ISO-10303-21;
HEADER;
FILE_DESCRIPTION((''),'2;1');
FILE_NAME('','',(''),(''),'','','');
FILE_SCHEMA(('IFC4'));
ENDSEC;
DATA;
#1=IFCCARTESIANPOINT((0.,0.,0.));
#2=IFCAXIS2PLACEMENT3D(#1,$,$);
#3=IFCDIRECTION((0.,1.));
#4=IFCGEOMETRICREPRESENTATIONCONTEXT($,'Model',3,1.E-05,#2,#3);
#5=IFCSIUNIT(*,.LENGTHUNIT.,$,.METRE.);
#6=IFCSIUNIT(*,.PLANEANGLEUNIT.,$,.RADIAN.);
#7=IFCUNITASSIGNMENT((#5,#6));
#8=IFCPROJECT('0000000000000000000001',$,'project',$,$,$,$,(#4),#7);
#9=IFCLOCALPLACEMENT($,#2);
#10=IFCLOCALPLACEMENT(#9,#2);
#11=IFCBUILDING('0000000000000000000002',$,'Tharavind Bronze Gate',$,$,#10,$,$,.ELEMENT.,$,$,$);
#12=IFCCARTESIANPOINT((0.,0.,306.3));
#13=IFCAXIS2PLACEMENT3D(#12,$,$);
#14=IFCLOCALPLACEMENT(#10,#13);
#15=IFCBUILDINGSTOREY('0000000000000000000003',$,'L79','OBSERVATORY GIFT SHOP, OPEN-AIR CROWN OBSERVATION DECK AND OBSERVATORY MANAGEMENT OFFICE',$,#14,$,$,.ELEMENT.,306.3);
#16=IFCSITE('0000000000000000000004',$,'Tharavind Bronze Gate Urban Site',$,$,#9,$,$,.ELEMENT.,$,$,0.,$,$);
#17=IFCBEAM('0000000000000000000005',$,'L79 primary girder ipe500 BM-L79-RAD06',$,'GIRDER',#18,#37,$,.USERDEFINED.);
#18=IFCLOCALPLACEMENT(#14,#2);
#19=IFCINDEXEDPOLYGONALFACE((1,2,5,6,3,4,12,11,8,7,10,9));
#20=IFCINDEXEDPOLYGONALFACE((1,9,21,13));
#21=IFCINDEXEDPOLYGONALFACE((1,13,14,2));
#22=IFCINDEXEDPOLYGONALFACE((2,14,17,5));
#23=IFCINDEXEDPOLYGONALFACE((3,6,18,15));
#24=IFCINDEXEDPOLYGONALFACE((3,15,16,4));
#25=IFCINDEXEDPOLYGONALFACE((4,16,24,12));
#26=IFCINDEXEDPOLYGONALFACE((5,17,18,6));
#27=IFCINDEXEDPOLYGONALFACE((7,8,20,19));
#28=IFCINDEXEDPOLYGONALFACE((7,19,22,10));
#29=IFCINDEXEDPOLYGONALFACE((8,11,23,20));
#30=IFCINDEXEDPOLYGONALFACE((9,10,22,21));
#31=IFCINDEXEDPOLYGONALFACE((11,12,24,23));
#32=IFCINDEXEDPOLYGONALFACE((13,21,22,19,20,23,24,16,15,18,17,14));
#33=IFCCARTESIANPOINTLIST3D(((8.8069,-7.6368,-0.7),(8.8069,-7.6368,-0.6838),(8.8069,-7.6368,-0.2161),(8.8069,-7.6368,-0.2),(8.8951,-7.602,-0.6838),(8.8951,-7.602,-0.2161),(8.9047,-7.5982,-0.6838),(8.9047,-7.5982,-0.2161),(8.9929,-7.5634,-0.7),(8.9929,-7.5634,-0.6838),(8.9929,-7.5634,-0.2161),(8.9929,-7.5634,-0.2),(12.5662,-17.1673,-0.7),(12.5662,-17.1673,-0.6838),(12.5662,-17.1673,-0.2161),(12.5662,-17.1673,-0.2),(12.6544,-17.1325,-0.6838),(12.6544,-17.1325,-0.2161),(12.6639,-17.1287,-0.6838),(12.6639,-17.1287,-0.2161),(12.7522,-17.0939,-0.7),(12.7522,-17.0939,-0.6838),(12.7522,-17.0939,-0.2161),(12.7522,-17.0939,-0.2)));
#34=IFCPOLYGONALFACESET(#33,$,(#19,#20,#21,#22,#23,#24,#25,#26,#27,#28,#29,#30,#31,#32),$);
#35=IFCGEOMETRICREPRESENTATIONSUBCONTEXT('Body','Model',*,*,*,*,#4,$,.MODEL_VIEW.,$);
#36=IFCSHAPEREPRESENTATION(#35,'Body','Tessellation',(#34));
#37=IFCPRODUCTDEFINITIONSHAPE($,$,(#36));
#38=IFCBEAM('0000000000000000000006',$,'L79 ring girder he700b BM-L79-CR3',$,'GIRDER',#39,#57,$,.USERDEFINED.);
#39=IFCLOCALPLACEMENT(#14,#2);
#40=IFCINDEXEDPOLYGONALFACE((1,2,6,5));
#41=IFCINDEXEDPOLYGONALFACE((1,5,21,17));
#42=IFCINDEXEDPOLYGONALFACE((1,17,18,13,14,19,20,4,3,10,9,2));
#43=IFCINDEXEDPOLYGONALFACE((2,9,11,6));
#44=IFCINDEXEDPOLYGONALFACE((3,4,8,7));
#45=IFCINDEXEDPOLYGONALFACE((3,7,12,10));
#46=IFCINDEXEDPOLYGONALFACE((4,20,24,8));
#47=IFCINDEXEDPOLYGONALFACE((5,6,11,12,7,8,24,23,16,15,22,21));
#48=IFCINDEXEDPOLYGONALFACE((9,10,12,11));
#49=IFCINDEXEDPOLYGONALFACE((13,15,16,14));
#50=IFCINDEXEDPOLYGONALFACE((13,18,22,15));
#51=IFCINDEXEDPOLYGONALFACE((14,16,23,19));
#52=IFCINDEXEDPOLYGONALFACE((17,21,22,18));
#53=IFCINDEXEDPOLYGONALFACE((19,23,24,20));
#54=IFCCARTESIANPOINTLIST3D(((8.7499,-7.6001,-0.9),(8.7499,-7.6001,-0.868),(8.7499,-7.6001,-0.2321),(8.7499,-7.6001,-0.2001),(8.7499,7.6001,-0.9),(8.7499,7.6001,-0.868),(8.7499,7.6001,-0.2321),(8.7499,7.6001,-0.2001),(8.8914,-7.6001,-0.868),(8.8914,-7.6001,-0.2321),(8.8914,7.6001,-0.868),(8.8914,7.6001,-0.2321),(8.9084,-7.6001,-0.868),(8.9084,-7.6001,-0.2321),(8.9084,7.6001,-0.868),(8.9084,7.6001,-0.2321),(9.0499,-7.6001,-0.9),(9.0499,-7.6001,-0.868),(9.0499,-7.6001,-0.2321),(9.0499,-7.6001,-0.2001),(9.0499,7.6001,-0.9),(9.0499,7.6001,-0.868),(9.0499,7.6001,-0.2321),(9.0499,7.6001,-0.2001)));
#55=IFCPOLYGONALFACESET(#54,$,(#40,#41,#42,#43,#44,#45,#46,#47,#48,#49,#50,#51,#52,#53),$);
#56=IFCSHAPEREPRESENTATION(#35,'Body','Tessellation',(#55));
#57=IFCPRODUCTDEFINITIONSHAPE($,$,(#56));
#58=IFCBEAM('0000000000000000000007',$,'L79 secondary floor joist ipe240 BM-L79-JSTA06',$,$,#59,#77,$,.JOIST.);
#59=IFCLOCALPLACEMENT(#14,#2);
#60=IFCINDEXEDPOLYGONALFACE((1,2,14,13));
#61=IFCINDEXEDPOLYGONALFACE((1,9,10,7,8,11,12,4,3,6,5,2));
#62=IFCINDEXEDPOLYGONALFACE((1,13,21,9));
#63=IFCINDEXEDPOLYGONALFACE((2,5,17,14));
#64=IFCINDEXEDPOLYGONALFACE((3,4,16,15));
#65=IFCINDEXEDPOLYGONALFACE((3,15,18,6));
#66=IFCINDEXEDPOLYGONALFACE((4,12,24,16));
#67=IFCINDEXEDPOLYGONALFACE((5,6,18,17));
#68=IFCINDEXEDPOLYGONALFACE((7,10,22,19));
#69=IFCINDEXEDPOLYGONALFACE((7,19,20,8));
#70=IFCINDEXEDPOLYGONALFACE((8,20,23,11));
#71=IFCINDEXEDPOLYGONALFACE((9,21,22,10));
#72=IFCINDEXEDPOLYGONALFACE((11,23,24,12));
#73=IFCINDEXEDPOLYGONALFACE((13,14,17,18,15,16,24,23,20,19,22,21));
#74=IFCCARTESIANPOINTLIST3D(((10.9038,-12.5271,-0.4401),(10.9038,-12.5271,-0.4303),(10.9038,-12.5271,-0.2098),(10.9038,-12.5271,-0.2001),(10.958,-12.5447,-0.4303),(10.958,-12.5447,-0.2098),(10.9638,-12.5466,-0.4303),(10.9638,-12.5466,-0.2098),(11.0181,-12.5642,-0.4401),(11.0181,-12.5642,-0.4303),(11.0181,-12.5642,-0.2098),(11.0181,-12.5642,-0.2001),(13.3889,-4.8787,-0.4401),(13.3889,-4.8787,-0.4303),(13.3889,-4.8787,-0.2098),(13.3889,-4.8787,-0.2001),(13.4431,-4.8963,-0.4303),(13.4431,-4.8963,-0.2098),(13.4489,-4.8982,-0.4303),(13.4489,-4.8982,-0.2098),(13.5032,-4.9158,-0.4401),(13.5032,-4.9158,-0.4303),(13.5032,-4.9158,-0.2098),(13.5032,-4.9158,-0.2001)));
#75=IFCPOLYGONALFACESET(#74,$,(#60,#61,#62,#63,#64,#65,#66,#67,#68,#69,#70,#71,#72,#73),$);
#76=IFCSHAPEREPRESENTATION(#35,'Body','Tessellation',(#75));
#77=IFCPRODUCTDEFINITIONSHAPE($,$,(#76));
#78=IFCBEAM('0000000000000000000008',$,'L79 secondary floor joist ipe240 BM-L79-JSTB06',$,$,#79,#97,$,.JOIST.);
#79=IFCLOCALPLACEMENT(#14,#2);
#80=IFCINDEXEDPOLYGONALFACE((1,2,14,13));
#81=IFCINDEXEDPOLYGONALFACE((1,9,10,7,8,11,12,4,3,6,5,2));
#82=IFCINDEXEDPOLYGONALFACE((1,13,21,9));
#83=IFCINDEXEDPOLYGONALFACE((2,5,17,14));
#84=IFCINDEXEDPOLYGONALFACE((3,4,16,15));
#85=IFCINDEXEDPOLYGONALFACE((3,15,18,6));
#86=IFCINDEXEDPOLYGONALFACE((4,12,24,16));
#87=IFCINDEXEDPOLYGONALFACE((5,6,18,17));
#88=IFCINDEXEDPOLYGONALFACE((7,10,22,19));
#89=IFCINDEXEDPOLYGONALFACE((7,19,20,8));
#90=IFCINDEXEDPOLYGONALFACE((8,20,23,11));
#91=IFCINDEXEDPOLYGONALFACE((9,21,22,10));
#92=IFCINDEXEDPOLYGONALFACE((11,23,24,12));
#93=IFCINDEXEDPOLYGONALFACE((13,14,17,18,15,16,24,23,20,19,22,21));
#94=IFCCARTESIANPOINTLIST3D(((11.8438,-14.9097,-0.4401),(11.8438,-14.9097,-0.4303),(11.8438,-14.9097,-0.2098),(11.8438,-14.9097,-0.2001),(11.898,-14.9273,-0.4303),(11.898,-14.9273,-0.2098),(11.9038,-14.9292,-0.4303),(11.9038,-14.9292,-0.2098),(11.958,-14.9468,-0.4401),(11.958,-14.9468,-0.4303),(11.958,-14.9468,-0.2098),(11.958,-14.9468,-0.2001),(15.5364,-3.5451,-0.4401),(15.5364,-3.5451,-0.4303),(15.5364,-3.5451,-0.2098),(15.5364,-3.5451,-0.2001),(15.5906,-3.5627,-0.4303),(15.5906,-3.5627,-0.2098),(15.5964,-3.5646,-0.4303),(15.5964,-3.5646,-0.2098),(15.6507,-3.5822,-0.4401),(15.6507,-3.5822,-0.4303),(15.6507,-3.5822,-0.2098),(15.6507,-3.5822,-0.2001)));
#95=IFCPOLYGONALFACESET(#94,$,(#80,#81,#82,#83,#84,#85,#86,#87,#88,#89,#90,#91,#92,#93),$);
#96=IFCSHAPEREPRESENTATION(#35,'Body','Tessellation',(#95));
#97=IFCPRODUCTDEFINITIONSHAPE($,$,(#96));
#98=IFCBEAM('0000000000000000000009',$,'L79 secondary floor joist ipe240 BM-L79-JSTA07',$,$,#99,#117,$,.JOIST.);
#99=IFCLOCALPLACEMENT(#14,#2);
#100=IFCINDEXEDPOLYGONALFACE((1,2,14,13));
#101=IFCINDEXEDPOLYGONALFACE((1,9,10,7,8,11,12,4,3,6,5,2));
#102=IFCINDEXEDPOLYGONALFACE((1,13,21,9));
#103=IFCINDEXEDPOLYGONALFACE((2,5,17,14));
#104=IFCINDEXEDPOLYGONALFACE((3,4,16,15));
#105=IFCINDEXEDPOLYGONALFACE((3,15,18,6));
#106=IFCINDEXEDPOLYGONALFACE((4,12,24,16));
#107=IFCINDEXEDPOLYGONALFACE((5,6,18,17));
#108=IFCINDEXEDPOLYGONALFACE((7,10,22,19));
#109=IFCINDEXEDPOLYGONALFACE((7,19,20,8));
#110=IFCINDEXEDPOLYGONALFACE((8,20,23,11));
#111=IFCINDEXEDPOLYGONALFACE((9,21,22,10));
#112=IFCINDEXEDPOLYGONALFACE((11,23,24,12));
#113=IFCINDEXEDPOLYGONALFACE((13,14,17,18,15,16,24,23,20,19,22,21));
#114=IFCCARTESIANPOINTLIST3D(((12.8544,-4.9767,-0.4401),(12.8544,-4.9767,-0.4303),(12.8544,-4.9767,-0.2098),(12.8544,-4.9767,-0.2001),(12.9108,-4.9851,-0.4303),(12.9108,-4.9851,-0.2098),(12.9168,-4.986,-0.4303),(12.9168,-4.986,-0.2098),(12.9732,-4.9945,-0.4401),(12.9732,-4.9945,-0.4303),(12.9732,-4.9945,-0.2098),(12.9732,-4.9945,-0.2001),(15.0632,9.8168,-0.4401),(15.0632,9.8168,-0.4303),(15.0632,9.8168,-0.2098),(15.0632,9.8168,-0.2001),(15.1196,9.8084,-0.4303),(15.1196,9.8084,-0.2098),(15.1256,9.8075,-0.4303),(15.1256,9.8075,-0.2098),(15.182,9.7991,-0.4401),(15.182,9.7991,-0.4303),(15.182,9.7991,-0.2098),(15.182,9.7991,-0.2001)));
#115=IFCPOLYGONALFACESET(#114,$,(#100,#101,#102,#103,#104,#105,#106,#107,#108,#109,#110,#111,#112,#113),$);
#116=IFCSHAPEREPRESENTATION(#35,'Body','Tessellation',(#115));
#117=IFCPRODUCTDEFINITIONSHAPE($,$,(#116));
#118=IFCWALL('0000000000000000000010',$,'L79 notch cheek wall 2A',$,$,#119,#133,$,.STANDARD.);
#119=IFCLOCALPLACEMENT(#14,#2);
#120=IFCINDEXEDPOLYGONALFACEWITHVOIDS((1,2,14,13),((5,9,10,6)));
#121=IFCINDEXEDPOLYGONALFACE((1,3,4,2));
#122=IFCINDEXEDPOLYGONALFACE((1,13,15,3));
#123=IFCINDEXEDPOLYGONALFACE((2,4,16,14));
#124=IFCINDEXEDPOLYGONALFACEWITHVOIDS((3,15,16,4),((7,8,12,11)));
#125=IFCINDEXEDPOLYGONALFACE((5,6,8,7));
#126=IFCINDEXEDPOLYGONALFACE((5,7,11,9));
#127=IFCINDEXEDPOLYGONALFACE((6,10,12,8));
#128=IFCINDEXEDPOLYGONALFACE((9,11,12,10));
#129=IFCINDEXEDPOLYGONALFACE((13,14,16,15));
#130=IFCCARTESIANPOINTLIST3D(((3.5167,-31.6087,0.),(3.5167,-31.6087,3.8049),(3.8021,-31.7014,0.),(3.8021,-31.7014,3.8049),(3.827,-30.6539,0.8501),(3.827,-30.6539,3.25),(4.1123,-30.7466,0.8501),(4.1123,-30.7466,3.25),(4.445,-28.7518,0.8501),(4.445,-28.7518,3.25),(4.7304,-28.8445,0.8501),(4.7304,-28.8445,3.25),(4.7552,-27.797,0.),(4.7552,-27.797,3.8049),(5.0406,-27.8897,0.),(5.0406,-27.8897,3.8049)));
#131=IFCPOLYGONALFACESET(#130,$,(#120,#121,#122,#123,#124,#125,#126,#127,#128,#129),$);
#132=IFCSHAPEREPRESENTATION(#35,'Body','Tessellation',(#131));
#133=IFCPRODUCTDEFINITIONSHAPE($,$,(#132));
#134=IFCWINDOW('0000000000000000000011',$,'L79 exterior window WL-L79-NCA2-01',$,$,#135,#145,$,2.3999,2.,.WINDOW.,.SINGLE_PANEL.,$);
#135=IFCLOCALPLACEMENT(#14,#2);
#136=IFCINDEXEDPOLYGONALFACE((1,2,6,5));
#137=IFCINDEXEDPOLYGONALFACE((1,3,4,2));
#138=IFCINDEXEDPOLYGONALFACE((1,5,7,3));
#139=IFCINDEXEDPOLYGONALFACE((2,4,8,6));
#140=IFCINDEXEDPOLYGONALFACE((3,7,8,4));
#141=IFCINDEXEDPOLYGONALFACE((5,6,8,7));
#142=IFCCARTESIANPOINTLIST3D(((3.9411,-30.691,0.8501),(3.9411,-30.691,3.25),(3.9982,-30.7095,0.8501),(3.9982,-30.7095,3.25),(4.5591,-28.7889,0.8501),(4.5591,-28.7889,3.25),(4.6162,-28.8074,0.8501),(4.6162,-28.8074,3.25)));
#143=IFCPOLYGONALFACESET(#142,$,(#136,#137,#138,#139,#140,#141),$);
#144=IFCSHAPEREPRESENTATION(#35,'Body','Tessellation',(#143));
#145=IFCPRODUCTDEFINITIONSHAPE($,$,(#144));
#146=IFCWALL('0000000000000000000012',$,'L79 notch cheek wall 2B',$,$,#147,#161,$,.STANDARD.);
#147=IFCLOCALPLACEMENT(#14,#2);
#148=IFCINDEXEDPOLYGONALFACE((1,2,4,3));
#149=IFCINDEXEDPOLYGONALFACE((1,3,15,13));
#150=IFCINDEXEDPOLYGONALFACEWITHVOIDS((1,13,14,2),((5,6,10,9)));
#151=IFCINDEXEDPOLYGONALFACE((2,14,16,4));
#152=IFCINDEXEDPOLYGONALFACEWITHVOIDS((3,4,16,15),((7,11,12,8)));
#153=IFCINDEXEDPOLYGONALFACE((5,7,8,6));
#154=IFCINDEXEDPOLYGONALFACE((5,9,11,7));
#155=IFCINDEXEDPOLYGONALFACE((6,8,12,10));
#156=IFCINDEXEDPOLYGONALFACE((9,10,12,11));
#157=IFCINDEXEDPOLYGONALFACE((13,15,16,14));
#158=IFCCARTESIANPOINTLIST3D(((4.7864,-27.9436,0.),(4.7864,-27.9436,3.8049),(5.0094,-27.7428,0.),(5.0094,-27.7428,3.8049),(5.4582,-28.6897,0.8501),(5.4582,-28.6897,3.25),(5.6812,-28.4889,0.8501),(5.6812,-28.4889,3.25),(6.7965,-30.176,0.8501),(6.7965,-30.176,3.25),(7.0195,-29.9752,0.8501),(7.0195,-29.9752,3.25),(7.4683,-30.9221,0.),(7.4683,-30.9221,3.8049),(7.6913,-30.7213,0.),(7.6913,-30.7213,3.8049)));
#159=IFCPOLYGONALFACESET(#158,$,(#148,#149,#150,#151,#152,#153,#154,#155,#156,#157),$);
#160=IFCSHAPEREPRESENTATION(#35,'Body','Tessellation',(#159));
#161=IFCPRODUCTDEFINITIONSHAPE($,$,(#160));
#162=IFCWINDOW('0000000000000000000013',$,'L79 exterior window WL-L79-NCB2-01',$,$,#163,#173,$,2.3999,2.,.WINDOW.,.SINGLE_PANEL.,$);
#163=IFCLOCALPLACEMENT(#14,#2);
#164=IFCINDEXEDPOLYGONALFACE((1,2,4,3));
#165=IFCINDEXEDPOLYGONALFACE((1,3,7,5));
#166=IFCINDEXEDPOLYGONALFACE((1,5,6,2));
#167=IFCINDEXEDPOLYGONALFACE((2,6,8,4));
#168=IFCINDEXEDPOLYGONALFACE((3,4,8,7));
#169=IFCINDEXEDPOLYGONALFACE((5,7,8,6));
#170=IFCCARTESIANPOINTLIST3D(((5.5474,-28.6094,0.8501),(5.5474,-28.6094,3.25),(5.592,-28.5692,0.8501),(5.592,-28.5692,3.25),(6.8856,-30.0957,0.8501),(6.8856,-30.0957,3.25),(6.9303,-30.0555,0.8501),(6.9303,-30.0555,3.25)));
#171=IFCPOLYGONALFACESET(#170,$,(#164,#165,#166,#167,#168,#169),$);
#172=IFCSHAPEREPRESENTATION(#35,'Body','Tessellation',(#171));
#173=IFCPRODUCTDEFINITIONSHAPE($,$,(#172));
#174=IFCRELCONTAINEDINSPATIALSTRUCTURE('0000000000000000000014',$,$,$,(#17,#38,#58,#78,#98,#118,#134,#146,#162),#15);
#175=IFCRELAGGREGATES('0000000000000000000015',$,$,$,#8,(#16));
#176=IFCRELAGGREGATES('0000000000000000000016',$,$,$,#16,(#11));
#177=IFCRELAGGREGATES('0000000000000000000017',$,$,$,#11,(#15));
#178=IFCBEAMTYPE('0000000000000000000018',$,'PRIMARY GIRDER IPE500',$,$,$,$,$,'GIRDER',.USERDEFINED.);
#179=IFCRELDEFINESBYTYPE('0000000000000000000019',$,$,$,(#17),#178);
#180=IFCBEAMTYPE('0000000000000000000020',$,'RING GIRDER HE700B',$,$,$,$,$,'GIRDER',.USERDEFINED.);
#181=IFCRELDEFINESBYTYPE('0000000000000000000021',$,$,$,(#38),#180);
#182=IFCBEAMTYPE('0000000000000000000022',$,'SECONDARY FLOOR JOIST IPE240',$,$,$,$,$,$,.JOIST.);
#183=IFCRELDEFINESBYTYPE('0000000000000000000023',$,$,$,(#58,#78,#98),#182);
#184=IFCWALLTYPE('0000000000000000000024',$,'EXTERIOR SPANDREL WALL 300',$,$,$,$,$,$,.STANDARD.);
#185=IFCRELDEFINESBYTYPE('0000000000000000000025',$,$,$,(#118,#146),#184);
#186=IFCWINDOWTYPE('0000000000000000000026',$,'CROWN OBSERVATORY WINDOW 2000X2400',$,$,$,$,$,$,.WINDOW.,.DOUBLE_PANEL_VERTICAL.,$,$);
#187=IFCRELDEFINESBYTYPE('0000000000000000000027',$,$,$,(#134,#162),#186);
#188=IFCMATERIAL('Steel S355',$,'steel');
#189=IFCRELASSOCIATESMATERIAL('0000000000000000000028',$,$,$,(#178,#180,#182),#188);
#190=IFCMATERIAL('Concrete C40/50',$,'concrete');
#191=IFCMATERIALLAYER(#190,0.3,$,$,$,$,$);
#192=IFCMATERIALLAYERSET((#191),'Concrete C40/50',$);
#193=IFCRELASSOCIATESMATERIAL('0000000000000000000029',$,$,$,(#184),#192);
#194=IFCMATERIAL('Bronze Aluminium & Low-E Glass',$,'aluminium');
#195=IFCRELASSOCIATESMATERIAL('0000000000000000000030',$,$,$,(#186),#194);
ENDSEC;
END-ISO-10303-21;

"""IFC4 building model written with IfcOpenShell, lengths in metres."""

from ifc_helpers import new_model, si_unit, direction, frame, frame_2d, origin, origin_2d, place, context, subcontext, project, spatial, rectangle, i_section, extrude, material, layer, layer_set, material_profile, profile_set, type_object, element, fill, save


model = new_model("IFC4")

# Units and contexts
model_context = context("Model", 3, precision=1e-05, world=origin(), true_north=direction((0.0, 1.0)))
body_context = subcontext(model_context, "Body", "Model", "MODEL_VIEW")
ifc_project = project(units=[si_unit("LENGTHUNIT", "METRE"), si_unit("PLANEANGLEUNIT", "RADIAN")], contexts=[model_context])

# Site, building, storey
site_placement = place(None, origin())
site = spatial("IfcSite", under=ifc_project, at=site_placement, Name="Tharavind Bronze Gate Urban Site", CompositionType="ELEMENT", RefElevation=0.0)
building_placement = place(site_placement, origin())
building = spatial("IfcBuilding", under=site, at=building_placement, Name="Tharavind Bronze Gate", CompositionType="ELEMENT")
storey_placement = place(building_placement, frame((0.0, 0.0, 306.3)))
storey = spatial("IfcBuildingStorey", under=building, at=storey_placement, Name="L79", Description="OBSERVATORY GIFT SHOP, OPEN-AIR CROWN OBSERVATION DECK AND OBSERVATORY MANAGEMENT OFFICE", CompositionType="ELEMENT", Elevation=306.3)

# Beams
ifc_material_1 = material(Name="Steel S355", Category="steel")
ifc_material_profile_1 = material_profile(ifc_material_1, i_section(OverallWidth=0.2, OverallDepth=0.5, WebThickness=0.0103, FlangeThickness=0.0161, at=origin_2d()), Name="IPE500")
ifc_profile_set_1 = profile_set([ifc_material_profile_1], Name="Steel S355")
beam_type_1 = type_object("IfcBeamType", Name="PRIMARY GIRDER IPE500", ElementType="GIRDER", PredefinedType="USERDEFINED", material=ifc_profile_set_1)
beam_1_placement = place(storey_placement, frame((12.6592, -17.1306, -0.45), z_axis=(-0.366933, 0.930247, 0.0), x_axis=(-0.930247, -0.366933, 0.0)))
element("IfcBeam", 1, at=beam_1_placement, inside=storey, type_object=beam_type_1, Name="L79 primary girder ipe500 BM-L79-RAD06", ObjectType="GIRDER", PredefinedType="USERDEFINED", context=body_context, shape_type="SweptSolid", body=[
    extrude(i_section(OverallWidth=0.2, OverallDepth=0.5, WebThickness=0.0103, FlangeThickness=0.0161, at=origin_2d()), origin(), (0.0, 0.0, 1.0), 10.2451),
])
ifc_material_profile_2 = material_profile(ifc_material_1, i_section(OverallWidth=0.3, OverallDepth=0.7, WebThickness=0.0171, FlangeThickness=0.032, at=origin_2d()), Name="HE700B")
ifc_profile_set_2 = profile_set([ifc_material_profile_2], Name="Steel S355")
beam_type_2 = type_object("IfcBeamType", Name="RING GIRDER HE700B", ElementType="GIRDER", PredefinedType="USERDEFINED", material=ifc_profile_set_2)
beam_2_placement = place(storey_placement, frame((8.8999, -7.6001, -0.55), z_axis=(0.0, 1.0, 0.0), x_axis=(-1.0, 0.0, 0.0)))
element("IfcBeam", 2, at=beam_2_placement, inside=storey, type_object=beam_type_2, Name="L79 ring girder he700b BM-L79-CR3", ObjectType="GIRDER", PredefinedType="USERDEFINED", context=body_context, shape_type="SweptSolid", body=[
    extrude(i_section(OverallWidth=0.3, OverallDepth=0.7, WebThickness=0.0171, FlangeThickness=0.032, at=origin_2d()), origin(), (0.0, 0.0, 1.0), 15.2002),
])
ifc_material_profile_3 = material_profile(ifc_material_1, i_section(OverallWidth=0.1201, OverallDepth=0.24, WebThickness=0.0061, FlangeThickness=0.0098, at=origin_2d()), Name="IPE240")
ifc_profile_set_3 = profile_set([ifc_material_profile_3], Name="Steel S355")
beam_type_3 = type_object("IfcBeamType", Name="SECONDARY FLOOR JOIST IPE240", PredefinedType="JOIST", material=ifc_profile_set_3)
beam_3_placement = place(storey_placement, frame((10.9609, -12.5457, -0.3201), z_axis=(0.309015, 0.951057, 0.0), x_axis=(-0.951057, 0.309015, 0.0)))
element("IfcBeam", 3, at=beam_3_placement, inside=storey, type_object=beam_type_3, Name="L79 secondary floor joist ipe240 BM-L79-JSTA06", PredefinedType="JOIST", context=body_context, shape_type="SweptSolid", body=[
    extrude(i_section(OverallWidth=0.1201, OverallDepth=0.24, WebThickness=0.0061, FlangeThickness=0.0098, at=origin_2d()), origin(), (0.0, 0.0, 1.0), 8.042),
])
beam_4_placement = place(storey_placement, frame((11.9009, -14.9282, -0.3201), z_axis=(0.309023, 0.951055, 0.0), x_axis=(-0.951055, 0.309023, 0.0)))
element("IfcBeam", 4, at=beam_4_placement, inside=storey, type_object=beam_type_3, Name="L79 secondary floor joist ipe240 BM-L79-JSTB06", PredefinedType="JOIST", context=body_context, shape_type="SweptSolid", body=[
    extrude(i_section(OverallWidth=0.1201, OverallDepth=0.24, WebThickness=0.0061, FlangeThickness=0.0098, at=origin_2d()), origin(), (0.0, 0.0, 1.0), 11.9495),
])
beam_5_placement = place(storey_placement, frame((12.9138, -4.9856, -0.3201), z_axis=(0.147668, 0.989037, 0.0), x_axis=(-0.989037, 0.147668, 0.0)))
element("IfcBeam", 5, at=beam_5_placement, inside=storey, type_object=beam_type_3, Name="L79 secondary floor joist ipe240 BM-L79-JSTA07", PredefinedType="JOIST", context=body_context, shape_type="SweptSolid", body=[
    extrude(i_section(OverallWidth=0.1201, OverallDepth=0.24, WebThickness=0.0061, FlangeThickness=0.0098, at=origin_2d()), origin(), (0.0, 0.0, 1.0), 14.9575),
])

# Walls, openings, windows
ifc_material_2 = material(Name="Concrete C40/50", Category="concrete")
ifc_layer_1 = layer(ifc_material_2, 0.3)
ifc_layer_set_1 = layer_set([ifc_layer_1], Name="Concrete C40/50")
wall_type_1 = type_object("IfcWallType", Name="EXTERIOR SPANDREL WALL 300", PredefinedType="STANDARD", material=ifc_layer_set_1)
wall_1_placement = place(storey_placement, frame((3.6594, -31.655, 0.0), z_axis=(0.0, 0.0, 1.0), x_axis=(0.309019, 0.951056, 0.0)))
wall_1 = element("IfcWall", 6, at=wall_1_placement, inside=storey, type_object=wall_type_1, Name="L79 notch cheek wall 2A", PredefinedType="STANDARD", context=body_context, shape_type="SweptSolid", body=[
    extrude(rectangle(XDim=4.0078, YDim=0.3, at=frame_2d((2.0039, 0.0))), origin(), (0.0, 0.0, 1.0), 3.8049),
])
opening_1_placement = place(wall_1_placement, frame((1.0039, 0.0, 0.8501)))
opening_1 = element("IfcOpeningElement", 7, at=opening_1_placement, cuts=wall_1, PredefinedType="OPENING", context=body_context, shape_type="SweptSolid", body=[
    extrude(rectangle(XDim=2.0, YDim=2.3999, at=frame_2d((1.0, 1.2))), frame((0.0, 0.1599, 0.0), z_axis=(0.0, -1.0, 0.0), x_axis=(1.0, 0.0, 0.0)), (0.0, 0.0, 1.0), 0.32),
])
ifc_material_3 = material(Name="Bronze Aluminium & Low-E Glass", Category="aluminium")
window_type = type_object("IfcWindowType", Name="CROWN OBSERVATORY WINDOW 2000X2400", PartitioningType="DOUBLE_PANEL_VERTICAL", PredefinedType="WINDOW", material=ifc_material_3)
window_1_placement = place(opening_1_placement, origin())
window_1 = element("IfcWindow", 8, at=window_1_placement, inside=storey, type_object=window_type, Name="L79 exterior window WL-L79-NCA2-01", OverallHeight=2.3999, OverallWidth=2.0, PartitioningType="SINGLE_PANEL", PredefinedType="WINDOW", context=body_context, shape_type="SweptSolid", body=[
    extrude(rectangle(XDim=2.0, YDim=2.3999, at=frame_2d((1.0, 1.2))), frame((0.0, 0.03, 0.0), z_axis=(0.0, -1.0, 0.0), x_axis=(1.0, 0.0, 0.0)), (0.0, 0.0, 1.0), 0.0601),
])
fill(opening_1, window_1)
wall_2_placement = place(storey_placement, frame((4.8979, -27.8433, 0.0), z_axis=(0.0, 0.0, 1.0), x_axis=(0.669133, -0.743143, 0.0)))
wall_2 = element("IfcWall", 9, at=wall_2_placement, inside=storey, type_object=wall_type_1, Name="L79 notch cheek wall 2B", PredefinedType="STANDARD", context=body_context, shape_type="SweptSolid", body=[
    extrude(rectangle(XDim=4.0081, YDim=0.3, at=frame_2d((2.0039, 0.0))), origin(), (0.0, 0.0, 1.0), 3.8049),
])
opening_2_placement = place(wall_2_placement, frame((1.0039, 0.0, 0.8501)))
opening_2 = element("IfcOpeningElement", 10, at=opening_2_placement, cuts=wall_2, PredefinedType="OPENING", context=body_context, shape_type="SweptSolid", body=[
    extrude(rectangle(XDim=2.0, YDim=2.3999, at=frame_2d((1.0, 1.2))), frame((0.0, 0.1599, 0.0), z_axis=(0.0, -1.0, 0.0), x_axis=(1.0, 0.0, 0.0)), (0.0, 0.0, 1.0), 0.32),
])
window_2_placement = place(opening_2_placement, origin())
window_2 = element("IfcWindow", 11, at=window_2_placement, inside=storey, type_object=window_type, Name="L79 exterior window WL-L79-NCB2-01", OverallHeight=2.3999, OverallWidth=2.0, PartitioningType="SINGLE_PANEL", PredefinedType="WINDOW", context=body_context, shape_type="SweptSolid", body=[
    extrude(rectangle(XDim=2.0, YDim=2.3999, at=frame_2d((1.0, 1.2))), frame((0.0, 0.03, 0.0), z_axis=(0.0, -1.0, 0.0), x_axis=(1.0, 0.0, 0.0)), (0.0, 0.0, 1.0), 0.0601),
])
fill(opening_2, window_2)

save(model, "model.ifc")
